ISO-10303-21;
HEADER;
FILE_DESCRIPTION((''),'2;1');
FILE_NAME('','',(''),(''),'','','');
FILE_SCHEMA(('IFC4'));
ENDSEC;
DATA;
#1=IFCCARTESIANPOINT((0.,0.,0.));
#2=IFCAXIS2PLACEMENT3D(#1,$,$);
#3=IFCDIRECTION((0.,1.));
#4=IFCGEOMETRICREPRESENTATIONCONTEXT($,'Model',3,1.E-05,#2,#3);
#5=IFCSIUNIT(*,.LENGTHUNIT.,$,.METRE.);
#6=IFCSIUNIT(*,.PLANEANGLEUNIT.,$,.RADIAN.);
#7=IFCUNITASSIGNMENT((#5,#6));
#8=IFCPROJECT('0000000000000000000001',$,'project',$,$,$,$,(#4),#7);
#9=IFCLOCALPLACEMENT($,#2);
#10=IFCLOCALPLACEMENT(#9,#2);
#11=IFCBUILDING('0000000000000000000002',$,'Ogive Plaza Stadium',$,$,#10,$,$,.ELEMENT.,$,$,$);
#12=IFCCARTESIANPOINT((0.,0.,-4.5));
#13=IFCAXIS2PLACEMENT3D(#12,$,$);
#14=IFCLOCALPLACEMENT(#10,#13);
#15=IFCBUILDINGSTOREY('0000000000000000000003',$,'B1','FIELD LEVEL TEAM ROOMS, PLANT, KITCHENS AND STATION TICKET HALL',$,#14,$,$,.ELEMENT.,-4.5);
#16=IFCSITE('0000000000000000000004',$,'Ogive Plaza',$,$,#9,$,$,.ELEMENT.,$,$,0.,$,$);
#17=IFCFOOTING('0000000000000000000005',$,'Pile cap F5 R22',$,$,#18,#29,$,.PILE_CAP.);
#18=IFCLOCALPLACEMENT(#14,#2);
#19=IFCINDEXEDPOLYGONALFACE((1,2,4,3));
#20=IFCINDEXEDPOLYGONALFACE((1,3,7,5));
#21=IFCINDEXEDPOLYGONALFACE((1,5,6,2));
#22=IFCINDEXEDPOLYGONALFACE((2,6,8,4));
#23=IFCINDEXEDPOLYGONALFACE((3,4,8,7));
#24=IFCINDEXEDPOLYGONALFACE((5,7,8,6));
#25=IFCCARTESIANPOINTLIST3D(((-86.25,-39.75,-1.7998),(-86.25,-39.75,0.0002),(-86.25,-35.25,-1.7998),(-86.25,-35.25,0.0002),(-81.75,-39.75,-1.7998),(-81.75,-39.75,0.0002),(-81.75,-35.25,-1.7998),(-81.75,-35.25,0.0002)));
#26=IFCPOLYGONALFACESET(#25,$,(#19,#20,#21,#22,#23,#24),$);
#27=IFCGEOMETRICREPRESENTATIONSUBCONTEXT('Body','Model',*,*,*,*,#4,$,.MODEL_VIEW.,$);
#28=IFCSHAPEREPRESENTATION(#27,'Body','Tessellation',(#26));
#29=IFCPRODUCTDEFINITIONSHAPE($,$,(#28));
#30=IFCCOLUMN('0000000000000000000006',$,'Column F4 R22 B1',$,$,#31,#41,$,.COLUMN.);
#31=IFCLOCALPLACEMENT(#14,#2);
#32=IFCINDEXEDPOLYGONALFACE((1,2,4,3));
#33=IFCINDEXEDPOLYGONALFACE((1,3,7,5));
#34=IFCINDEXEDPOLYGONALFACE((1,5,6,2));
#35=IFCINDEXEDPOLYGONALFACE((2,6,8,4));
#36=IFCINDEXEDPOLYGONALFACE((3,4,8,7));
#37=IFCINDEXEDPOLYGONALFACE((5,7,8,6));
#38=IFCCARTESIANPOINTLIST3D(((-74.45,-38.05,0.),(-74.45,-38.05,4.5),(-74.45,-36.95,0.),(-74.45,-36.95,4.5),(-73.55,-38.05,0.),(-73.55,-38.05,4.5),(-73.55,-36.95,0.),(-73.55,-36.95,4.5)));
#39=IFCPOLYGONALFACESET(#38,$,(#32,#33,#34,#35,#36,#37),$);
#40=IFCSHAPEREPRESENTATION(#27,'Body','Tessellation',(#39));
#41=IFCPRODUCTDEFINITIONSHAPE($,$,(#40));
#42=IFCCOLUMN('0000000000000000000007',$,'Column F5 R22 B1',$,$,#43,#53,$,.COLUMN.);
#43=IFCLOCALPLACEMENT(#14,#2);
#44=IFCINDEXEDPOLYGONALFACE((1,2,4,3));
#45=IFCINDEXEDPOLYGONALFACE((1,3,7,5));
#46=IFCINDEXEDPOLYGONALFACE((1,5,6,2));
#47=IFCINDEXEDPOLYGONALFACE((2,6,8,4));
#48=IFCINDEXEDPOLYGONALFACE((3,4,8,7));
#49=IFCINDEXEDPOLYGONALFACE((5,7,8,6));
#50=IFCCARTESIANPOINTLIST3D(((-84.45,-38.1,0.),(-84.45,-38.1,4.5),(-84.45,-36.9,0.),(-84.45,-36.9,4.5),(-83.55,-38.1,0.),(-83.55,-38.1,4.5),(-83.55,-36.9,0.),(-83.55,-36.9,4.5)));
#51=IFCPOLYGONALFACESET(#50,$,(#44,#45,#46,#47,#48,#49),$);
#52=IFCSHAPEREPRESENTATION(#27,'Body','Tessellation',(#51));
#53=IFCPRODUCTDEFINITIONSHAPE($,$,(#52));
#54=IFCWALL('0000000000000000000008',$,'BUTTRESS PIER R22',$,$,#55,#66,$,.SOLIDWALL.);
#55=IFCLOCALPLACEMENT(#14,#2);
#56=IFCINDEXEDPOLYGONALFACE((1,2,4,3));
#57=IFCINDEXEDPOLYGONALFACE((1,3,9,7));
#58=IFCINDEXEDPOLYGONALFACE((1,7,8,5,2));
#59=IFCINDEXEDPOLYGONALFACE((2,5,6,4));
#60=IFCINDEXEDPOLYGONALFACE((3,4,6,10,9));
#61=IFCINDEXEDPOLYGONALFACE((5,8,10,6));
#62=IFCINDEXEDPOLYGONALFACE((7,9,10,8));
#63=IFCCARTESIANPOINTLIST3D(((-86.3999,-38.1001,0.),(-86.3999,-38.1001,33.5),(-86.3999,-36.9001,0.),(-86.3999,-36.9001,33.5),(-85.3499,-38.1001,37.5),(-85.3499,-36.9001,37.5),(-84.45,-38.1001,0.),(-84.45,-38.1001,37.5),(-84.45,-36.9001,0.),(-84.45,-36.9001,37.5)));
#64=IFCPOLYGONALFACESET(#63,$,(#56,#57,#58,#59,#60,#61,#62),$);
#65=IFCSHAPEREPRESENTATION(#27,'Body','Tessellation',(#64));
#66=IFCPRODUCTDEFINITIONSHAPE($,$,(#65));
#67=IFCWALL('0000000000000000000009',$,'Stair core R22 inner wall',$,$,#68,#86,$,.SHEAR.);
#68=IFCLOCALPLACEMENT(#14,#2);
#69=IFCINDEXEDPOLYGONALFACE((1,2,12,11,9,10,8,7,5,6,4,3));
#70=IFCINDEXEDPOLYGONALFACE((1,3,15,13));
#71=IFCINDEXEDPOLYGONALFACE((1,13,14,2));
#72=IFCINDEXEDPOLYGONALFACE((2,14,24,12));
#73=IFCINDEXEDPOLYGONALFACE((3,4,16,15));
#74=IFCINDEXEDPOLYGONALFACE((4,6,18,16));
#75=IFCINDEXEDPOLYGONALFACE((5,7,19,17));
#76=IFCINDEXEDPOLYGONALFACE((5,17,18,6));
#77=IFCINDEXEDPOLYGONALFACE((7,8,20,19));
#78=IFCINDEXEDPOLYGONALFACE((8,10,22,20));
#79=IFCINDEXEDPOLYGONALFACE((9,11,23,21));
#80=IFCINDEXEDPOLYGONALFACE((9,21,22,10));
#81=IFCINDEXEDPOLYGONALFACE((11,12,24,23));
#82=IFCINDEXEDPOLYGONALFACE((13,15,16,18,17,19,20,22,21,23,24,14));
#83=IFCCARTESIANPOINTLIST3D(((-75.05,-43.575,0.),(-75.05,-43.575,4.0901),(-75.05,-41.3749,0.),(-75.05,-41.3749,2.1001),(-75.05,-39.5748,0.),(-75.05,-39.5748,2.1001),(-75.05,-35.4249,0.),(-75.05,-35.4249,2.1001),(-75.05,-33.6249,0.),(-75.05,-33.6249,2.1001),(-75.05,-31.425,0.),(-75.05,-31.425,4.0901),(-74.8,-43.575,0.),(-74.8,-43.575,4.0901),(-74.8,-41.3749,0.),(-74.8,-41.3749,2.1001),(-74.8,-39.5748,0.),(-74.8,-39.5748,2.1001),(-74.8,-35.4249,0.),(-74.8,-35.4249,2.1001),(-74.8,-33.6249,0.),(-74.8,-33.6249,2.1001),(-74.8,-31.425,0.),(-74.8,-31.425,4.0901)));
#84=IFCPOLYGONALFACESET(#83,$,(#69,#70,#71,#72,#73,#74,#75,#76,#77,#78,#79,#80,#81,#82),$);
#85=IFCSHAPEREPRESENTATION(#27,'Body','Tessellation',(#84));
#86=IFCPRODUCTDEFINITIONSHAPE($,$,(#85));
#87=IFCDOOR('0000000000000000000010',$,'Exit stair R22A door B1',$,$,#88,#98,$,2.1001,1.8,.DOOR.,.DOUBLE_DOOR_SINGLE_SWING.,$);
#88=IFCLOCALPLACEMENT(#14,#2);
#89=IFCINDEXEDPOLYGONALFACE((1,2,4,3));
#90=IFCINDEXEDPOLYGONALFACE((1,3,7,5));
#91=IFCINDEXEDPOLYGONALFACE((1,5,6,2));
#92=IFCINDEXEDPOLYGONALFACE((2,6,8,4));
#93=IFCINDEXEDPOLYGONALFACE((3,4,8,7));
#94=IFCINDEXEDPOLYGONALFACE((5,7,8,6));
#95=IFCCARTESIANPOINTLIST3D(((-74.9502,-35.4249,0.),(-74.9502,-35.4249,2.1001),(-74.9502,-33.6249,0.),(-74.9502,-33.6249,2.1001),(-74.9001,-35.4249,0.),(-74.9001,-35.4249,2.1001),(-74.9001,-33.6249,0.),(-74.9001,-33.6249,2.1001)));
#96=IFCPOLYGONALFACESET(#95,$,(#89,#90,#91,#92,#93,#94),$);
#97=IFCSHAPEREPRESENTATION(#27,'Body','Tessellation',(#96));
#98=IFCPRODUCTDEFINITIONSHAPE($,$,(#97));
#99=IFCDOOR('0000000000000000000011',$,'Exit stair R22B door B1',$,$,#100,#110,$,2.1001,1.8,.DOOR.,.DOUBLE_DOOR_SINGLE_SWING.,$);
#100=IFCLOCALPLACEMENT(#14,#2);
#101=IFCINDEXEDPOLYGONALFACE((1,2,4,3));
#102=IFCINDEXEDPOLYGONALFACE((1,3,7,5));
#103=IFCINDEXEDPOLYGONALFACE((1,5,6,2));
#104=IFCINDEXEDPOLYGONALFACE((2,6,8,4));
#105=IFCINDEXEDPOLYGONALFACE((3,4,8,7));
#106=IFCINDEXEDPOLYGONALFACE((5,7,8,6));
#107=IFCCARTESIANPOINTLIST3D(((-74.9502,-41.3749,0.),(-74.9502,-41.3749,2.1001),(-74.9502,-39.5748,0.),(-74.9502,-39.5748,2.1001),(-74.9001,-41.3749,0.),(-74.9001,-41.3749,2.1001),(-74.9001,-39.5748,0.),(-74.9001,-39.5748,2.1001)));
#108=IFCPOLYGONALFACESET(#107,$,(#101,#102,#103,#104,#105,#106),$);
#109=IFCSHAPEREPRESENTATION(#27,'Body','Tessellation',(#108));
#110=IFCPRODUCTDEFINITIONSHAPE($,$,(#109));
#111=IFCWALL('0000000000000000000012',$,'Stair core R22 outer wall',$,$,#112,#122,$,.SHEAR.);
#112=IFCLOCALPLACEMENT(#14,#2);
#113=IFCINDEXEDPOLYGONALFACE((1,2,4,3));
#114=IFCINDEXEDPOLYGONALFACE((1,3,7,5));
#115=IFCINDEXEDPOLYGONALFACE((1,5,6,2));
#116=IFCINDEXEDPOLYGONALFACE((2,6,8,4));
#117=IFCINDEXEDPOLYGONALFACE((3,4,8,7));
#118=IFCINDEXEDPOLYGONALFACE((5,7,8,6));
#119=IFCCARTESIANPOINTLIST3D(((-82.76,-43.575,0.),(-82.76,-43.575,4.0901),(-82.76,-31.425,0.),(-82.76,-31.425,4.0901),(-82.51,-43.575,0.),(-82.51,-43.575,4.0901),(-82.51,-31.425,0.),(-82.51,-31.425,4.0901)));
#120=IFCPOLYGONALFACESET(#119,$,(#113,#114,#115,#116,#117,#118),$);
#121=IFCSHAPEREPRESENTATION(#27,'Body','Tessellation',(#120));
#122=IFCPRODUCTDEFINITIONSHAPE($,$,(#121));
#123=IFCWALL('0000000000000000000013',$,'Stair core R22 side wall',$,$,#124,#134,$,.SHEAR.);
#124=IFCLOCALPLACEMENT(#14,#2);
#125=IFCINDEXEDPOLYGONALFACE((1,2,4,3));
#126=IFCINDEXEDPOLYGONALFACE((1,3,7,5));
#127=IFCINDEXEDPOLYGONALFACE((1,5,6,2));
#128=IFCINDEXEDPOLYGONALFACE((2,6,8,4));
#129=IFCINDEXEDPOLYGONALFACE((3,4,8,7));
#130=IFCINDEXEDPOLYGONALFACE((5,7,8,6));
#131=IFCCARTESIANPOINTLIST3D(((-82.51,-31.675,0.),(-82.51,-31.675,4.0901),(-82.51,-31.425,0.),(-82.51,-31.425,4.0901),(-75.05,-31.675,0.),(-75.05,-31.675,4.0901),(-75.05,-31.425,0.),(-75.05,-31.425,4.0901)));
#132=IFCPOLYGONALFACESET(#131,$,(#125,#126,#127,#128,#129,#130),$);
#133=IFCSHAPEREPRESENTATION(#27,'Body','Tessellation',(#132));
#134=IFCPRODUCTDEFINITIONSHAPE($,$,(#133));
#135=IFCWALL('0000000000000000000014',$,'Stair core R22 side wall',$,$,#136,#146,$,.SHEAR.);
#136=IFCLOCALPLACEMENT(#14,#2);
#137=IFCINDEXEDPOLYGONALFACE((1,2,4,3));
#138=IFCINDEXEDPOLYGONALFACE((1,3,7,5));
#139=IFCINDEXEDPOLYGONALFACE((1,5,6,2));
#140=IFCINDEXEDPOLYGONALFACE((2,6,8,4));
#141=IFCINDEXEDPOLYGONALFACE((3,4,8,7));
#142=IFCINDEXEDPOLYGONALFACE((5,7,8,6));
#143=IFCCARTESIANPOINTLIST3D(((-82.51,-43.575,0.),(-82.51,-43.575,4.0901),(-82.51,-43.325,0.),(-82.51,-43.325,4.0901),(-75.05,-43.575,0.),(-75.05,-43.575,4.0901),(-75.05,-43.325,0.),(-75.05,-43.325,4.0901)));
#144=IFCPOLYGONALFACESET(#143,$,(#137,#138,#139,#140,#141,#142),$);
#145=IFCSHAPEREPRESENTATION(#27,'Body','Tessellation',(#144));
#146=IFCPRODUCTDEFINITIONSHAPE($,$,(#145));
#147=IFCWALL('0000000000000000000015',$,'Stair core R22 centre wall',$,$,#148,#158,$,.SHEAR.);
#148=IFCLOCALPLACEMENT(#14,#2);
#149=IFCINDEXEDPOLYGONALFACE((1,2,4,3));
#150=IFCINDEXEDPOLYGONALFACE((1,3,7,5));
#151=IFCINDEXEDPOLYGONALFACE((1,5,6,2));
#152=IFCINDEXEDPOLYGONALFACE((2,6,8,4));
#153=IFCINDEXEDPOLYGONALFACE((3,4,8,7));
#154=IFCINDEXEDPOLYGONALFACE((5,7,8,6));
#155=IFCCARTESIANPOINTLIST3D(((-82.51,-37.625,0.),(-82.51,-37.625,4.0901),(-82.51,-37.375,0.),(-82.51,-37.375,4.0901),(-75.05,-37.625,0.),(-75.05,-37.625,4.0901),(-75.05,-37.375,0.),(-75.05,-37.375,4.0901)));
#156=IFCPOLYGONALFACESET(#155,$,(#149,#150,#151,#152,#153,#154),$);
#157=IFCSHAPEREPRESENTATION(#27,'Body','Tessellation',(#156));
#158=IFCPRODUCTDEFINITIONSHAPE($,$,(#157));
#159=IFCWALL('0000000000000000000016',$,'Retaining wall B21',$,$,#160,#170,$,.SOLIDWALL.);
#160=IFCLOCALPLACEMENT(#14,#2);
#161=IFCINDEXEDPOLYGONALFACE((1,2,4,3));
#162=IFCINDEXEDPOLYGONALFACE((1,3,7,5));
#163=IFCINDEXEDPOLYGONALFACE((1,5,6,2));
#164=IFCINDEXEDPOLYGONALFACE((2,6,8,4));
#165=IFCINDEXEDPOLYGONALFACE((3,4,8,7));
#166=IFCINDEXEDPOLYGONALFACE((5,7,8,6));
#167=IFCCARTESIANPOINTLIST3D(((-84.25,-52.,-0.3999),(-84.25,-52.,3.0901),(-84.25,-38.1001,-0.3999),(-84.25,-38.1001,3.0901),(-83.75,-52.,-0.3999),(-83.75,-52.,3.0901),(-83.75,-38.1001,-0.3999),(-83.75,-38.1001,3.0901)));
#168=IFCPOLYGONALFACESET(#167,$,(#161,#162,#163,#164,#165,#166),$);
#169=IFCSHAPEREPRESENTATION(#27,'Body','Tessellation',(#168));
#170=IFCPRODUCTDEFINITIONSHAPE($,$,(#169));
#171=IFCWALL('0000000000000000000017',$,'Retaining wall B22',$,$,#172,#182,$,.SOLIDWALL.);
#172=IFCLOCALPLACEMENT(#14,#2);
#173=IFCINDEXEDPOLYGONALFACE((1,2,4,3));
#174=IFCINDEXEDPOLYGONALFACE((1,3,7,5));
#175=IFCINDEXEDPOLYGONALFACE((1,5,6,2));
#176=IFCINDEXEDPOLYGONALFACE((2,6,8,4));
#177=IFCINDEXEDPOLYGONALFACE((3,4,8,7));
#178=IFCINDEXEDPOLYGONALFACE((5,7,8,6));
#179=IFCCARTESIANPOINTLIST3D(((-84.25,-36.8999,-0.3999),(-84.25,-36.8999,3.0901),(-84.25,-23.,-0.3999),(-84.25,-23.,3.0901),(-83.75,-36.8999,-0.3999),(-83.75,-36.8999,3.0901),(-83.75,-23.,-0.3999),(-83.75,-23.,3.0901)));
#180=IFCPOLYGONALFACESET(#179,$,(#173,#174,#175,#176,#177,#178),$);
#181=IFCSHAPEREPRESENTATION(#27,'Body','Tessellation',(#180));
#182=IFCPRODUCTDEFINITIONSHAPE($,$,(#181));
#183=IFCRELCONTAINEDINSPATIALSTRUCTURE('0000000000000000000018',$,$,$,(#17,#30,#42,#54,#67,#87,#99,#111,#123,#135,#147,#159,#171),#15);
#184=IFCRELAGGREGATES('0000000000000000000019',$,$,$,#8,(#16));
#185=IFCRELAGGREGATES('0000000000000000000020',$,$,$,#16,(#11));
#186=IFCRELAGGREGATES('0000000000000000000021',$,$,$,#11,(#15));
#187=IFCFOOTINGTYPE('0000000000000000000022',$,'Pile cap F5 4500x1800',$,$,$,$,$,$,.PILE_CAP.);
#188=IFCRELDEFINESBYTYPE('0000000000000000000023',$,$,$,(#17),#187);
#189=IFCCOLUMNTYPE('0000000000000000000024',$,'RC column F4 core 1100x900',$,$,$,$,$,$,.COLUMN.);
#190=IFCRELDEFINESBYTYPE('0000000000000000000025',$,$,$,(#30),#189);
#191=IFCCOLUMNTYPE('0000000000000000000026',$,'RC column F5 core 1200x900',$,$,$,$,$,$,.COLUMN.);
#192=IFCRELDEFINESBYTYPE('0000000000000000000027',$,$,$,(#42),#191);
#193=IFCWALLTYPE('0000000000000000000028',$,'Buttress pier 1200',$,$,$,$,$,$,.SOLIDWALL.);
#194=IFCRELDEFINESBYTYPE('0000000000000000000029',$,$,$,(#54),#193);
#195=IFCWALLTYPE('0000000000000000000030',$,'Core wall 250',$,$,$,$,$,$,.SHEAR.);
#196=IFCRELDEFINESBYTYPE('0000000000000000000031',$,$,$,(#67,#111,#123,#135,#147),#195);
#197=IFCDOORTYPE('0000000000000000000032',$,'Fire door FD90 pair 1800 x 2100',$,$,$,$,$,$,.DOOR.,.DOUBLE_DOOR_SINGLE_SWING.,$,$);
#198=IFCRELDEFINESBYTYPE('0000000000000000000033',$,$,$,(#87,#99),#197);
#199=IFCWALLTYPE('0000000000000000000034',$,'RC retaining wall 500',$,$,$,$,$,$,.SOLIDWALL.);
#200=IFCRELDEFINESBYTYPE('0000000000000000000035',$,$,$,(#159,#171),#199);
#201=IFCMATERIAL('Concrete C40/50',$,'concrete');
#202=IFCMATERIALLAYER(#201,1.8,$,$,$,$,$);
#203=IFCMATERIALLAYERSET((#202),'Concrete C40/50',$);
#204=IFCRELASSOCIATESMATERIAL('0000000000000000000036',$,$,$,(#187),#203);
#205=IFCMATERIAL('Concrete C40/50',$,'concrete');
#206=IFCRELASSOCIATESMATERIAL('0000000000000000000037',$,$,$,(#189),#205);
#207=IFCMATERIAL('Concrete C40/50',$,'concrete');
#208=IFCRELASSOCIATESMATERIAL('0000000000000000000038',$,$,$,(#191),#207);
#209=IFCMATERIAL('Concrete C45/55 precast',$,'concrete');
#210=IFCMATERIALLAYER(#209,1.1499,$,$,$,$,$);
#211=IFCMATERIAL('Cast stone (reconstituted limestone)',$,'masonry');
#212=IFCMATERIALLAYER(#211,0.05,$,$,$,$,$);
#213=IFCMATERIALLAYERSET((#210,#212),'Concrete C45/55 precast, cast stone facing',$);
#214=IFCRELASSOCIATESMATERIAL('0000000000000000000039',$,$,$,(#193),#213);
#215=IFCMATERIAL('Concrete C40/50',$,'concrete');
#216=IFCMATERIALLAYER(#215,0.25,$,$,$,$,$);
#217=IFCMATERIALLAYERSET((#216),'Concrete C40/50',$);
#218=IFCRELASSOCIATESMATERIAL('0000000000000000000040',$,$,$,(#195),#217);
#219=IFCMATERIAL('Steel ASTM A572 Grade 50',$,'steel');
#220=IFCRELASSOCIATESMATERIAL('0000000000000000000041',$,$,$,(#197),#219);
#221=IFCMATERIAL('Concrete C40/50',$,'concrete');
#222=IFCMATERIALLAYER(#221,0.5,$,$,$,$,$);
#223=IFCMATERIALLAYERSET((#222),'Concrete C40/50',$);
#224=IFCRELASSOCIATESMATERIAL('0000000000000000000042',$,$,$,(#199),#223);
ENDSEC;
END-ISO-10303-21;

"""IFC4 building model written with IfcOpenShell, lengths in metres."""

from ifc_helpers import new_model, si_unit, direction, frame, frame_2d, origin, origin_2d, place, context, subcontext, project, spatial, polyline, rectangle, outline, extrude, material, layer, layer_set, material_profile, profile_set, type_object, element, fill, save


model = new_model("IFC4")

# Units and contexts
model_context = context("Model", 3, precision=1e-05, world=origin(), true_north=direction((0.0, 1.0)))
body_context = subcontext(model_context, "Body", "Model", "MODEL_VIEW")
ifc_project = project(units=[si_unit("LENGTHUNIT", "METRE"), si_unit("PLANEANGLEUNIT", "RADIAN")], contexts=[model_context])

# Site, building, storey
site_placement = place(None, origin())
site = spatial("IfcSite", under=ifc_project, at=site_placement, Name="Ogive Plaza", CompositionType="ELEMENT", RefElevation=0.0)
building_placement = place(site_placement, origin())
building = spatial("IfcBuilding", under=site, at=building_placement, Name="Ogive Plaza Stadium", CompositionType="ELEMENT")
storey_placement = place(building_placement, frame((0.0, 0.0, -4.5)))
storey = spatial("IfcBuildingStorey", under=building, at=storey_placement, Name="B1", Description="FIELD LEVEL TEAM ROOMS, PLANT, KITCHENS AND STATION TICKET HALL", CompositionType="ELEMENT", Elevation=-4.5)

# Footing
ifc_material_1 = material(Name="Concrete C40/50", Category="concrete")
ifc_layer_1 = layer(ifc_material_1, 1.8)
ifc_layer_set_1 = layer_set([ifc_layer_1], Name="Concrete C40/50")
footing_type_1 = type_object("IfcFootingType", Name="Pile cap F5 4500x1800", PredefinedType="PILE_CAP", material=ifc_layer_set_1)
footing_1_placement = place(storey_placement, frame((-84.0, -37.5, -1.7998), z_axis=(0.0, 0.0, 1.0), x_axis=(-1.0, 0.0, 0.0)))
element("IfcFooting", 1, at=footing_1_placement, inside=storey, type_object=footing_type_1, Name="Pile cap F5 R22", PredefinedType="PILE_CAP", context=body_context, shape_type="SweptSolid", body=[
    extrude(rectangle(XDim=4.5, YDim=4.5, at=origin_2d()), origin(), (0.0, 0.0, 1.0), 1.8),
])

# Columns
ifc_material_2 = material(Name="Concrete C40/50", Category="concrete")
ifc_material_profile_1 = material_profile(ifc_material_2, rectangle(XDim=1.1001, YDim=0.8999, at=origin_2d()), Name="RC 1100x900")
ifc_profile_set_1 = profile_set([ifc_material_profile_1], Name="Concrete C40/50")
column_type_1 = type_object("IfcColumnType", Name="RC column F4 core 1100x900", PredefinedType="COLUMN", material=ifc_profile_set_1)
column_1_placement = place(storey_placement, frame((-74.0, -37.5, 0.0), z_axis=(0.0, 0.0, 1.0), x_axis=(0.0, -1.0, 0.0)))
element("IfcColumn", 2, at=column_1_placement, inside=storey, type_object=column_type_1, Name="Column F4 R22 B1", PredefinedType="COLUMN", context=body_context, shape_type="SweptSolid", body=[
    extrude(rectangle(XDim=1.1001, YDim=0.8999, at=origin_2d()), origin(), (0.0, 0.0, 1.0), 4.5),
])
ifc_material_3 = material(Name="Concrete C40/50", Category="concrete")
ifc_material_profile_2 = material_profile(ifc_material_3, rectangle(XDim=1.2, YDim=0.8999, at=origin_2d()), Name="RC 1200x900")
ifc_profile_set_2 = profile_set([ifc_material_profile_2], Name="Concrete C40/50")
column_type_2 = type_object("IfcColumnType", Name="RC column F5 core 1200x900", PredefinedType="COLUMN", material=ifc_profile_set_2)
column_2_placement = place(storey_placement, frame((-84.0, -37.5, 0.0), z_axis=(0.0, 0.0, 1.0), x_axis=(0.0, -1.0, 0.0)))
element("IfcColumn", 3, at=column_2_placement, inside=storey, type_object=column_type_2, Name="Column F5 R22 B1", PredefinedType="COLUMN", context=body_context, shape_type="SweptSolid", body=[
    extrude(rectangle(XDim=1.2, YDim=0.8999, at=origin_2d()), origin(), (0.0, 0.0, 1.0), 4.5),
])

# Wall
ifc_material_4 = material(Name="Concrete C45/55 precast", Category="concrete")
ifc_layer_2 = layer(ifc_material_4, 1.1499)
ifc_material_5 = material(Name="Cast stone (reconstituted limestone)", Category="masonry")
ifc_layer_3 = layer(ifc_material_5, 0.05)
ifc_layer_set_2 = layer_set([ifc_layer_2, ifc_layer_3], Name="Concrete C45/55 precast, cast stone facing")
wall_type_1 = type_object("IfcWallType", Name="Buttress pier 1200", PredefinedType="SOLIDWALL", material=ifc_layer_set_2)
wall_1_placement = place(storey_placement, frame((-84.45, -37.5, 0.0), z_axis=(0.0, 0.0, 1.0), x_axis=(-1.0, 0.0, 0.0)))
element("IfcWall", 4, at=wall_1_placement, inside=storey, type_object=wall_type_1, Name="BUTTRESS PIER R22", PredefinedType="SOLIDWALL", context=body_context, shape_type="SweptSolid", body=[
    extrude(outline(polyline([(0.0, 0.0), (1.95, 0.0), (1.95, 33.5), (0.8999, 37.5), (0.0, 37.5), (0.0, 0.0)])), frame((0.0, 0.6001, 0.0), z_axis=(0.0, -1.0, 0.0), x_axis=(1.0, 0.0, 0.0)), (0.0, 0.0, 1.0), 1.2),
])

# Wall, openings, doors
ifc_material_6 = material(Name="Concrete C40/50", Category="concrete")
ifc_layer_4 = layer(ifc_material_6, 0.25)
ifc_layer_set_3 = layer_set([ifc_layer_4], Name="Concrete C40/50")
wall_type_2 = type_object("IfcWallType", Name="Core wall 250", PredefinedType="SHEAR", material=ifc_layer_set_3)
wall_2_placement = place(storey_placement, frame((-74.925, -31.425, 0.0), z_axis=(0.0, 0.0, 1.0), x_axis=(0.0, -1.0, 0.0)))
wall_2 = element("IfcWall", 5, at=wall_2_placement, inside=storey, type_object=wall_type_2, Name="Stair core R22 inner wall", PredefinedType="SHEAR", context=body_context, shape_type="SweptSolid", body=[
    extrude(rectangle(XDim=12.1499, YDim=0.25, at=frame_2d((6.075, 0.0))), origin(), (0.0, 0.0, 1.0), 4.0901),
])
opening_1_placement = place(wall_2_placement, frame((2.2, 0.0, 0.0)))
opening_1 = element("IfcOpeningElement", 6, at=opening_1_placement, cuts=wall_2, PredefinedType="OPENING", context=body_context, shape_type="SweptSolid", body=[
    extrude(rectangle(XDim=1.8, YDim=2.1001, at=frame_2d((0.8999, 1.05))), frame((0.0, 0.125, 0.0), z_axis=(0.0, -1.0, 0.0), x_axis=(1.0, 0.0, 0.0)), (0.0, 0.0, 1.0), 0.25),
])
opening_2_placement = place(wall_2_placement, frame((8.1499, 0.0, 0.0)))
opening_2 = element("IfcOpeningElement", 7, at=opening_2_placement, cuts=wall_2, PredefinedType="OPENING", context=body_context, shape_type="SweptSolid", body=[
    extrude(rectangle(XDim=1.8, YDim=2.1001, at=frame_2d((0.8999, 1.05))), frame((0.0, 0.125, 0.0), z_axis=(0.0, -1.0, 0.0), x_axis=(1.0, 0.0, 0.0)), (0.0, 0.0, 1.0), 0.25),
])
ifc_material_7 = material(Name="Steel ASTM A572 Grade 50", Category="steel")
door_type = type_object("IfcDoorType", Name="Fire door FD90 pair 1800 x 2100", OperationType="DOUBLE_DOOR_SINGLE_SWING", PredefinedType="DOOR", material=ifc_material_7)
door_1_placement = place(opening_1_placement, origin())
door_1 = element("IfcDoor", 8, at=door_1_placement, inside=storey, type_object=door_type, Name="Exit stair R22A door B1", OperationType="DOUBLE_DOOR_SINGLE_SWING", OverallHeight=2.1001, OverallWidth=1.8, PredefinedType="DOOR", context=body_context, shape_type="SweptSolid", body=[
    extrude(rectangle(XDim=1.8, YDim=2.1001, at=frame_2d((0.8999, 1.05))), frame((0.0, 0.0249, 0.0), z_axis=(0.0, -1.0, 0.0), x_axis=(1.0, 0.0, 0.0)), (0.0, 0.0, 1.0), 0.05),
])
fill(opening_1, door_1)
door_2_placement = place(opening_2_placement, origin())
door_2 = element("IfcDoor", 9, at=door_2_placement, inside=storey, type_object=door_type, Name="Exit stair R22B door B1", OperationType="DOUBLE_DOOR_SINGLE_SWING", OverallHeight=2.1001, OverallWidth=1.8, PredefinedType="DOOR", context=body_context, shape_type="SweptSolid", body=[
    extrude(rectangle(XDim=1.8, YDim=2.1001, at=frame_2d((0.8999, 1.05))), frame((0.0, 0.0249, 0.0), z_axis=(0.0, -1.0, 0.0), x_axis=(1.0, 0.0, 0.0)), (0.0, 0.0, 1.0), 0.05),
])
fill(opening_2, door_2)

# Walls
wall_3_placement = place(storey_placement, frame((-82.635, -31.425, 0.0), z_axis=(0.0, 0.0, 1.0), x_axis=(0.0, -1.0, 0.0)))
element("IfcWall", 10, at=wall_3_placement, inside=storey, type_object=wall_type_2, Name="Stair core R22 outer wall", PredefinedType="SHEAR", context=body_context, shape_type="SweptSolid", body=[
    extrude(rectangle(XDim=12.1499, YDim=0.25, at=frame_2d((6.075, 0.0))), origin(), (0.0, 0.0, 1.0), 4.0901),
])
for number, where, z_axis, x_axis, name in (
    (11, (-75.05, -31.55, 0.0), (0.0, 0.0, 1.0), (-1.0, 0.0, 0.0), "Stair core R22 side wall"),
    (12, (-75.05, -43.45, 0.0), (0.0, 0.0, 1.0), (-1.0, 0.0, 0.0), "Stair core R22 side wall"),
    (13, (-75.05, -37.5, 0.0), (0.0, 0.0, 1.0), (-1.0, 0.0, 0.0), "Stair core R22 centre wall"),
):
    element("IfcWall", number, at=place(storey_placement, frame(where, z_axis=z_axis, x_axis=x_axis)), inside=storey, type_object=wall_type_2, Name=name, PredefinedType="SHEAR", context=body_context, shape_type="SweptSolid", body=[
        extrude(rectangle(XDim=7.46, YDim=0.25, at=frame_2d((3.73, 0.0))), origin(), (0.0, 0.0, 1.0), 4.0901),
    ])
ifc_material_8 = material(Name="Concrete C40/50", Category="concrete")
ifc_layer_5 = layer(ifc_material_8, 0.5)
ifc_layer_set_4 = layer_set([ifc_layer_5], Name="Concrete C40/50")
wall_type_3 = type_object("IfcWallType", Name="RC retaining wall 500", PredefinedType="SOLIDWALL", material=ifc_layer_set_4)
for number, where, z_axis, x_axis, name in (
    (14, (-84.0, -52.0, -0.3999), (0.0, 0.0, 1.0), (0.0, 1.0, 0.0), "Retaining wall B21"),
    (15, (-84.0, -36.8999, -0.3999), (0.0, 0.0, 1.0), (0.0, 1.0, 0.0), "Retaining wall B22"),
):
    element("IfcWall", number, at=place(storey_placement, frame(where, z_axis=z_axis, x_axis=x_axis)), inside=storey, type_object=wall_type_3, Name=name, PredefinedType="SOLIDWALL", context=body_context, shape_type="SweptSolid", body=[
        extrude(rectangle(XDim=13.8999, YDim=0.5, at=frame_2d((6.95, 0.0))), origin(), (0.0, 0.0, 1.0), 3.49),
    ])

save(model, "model.ifc")
